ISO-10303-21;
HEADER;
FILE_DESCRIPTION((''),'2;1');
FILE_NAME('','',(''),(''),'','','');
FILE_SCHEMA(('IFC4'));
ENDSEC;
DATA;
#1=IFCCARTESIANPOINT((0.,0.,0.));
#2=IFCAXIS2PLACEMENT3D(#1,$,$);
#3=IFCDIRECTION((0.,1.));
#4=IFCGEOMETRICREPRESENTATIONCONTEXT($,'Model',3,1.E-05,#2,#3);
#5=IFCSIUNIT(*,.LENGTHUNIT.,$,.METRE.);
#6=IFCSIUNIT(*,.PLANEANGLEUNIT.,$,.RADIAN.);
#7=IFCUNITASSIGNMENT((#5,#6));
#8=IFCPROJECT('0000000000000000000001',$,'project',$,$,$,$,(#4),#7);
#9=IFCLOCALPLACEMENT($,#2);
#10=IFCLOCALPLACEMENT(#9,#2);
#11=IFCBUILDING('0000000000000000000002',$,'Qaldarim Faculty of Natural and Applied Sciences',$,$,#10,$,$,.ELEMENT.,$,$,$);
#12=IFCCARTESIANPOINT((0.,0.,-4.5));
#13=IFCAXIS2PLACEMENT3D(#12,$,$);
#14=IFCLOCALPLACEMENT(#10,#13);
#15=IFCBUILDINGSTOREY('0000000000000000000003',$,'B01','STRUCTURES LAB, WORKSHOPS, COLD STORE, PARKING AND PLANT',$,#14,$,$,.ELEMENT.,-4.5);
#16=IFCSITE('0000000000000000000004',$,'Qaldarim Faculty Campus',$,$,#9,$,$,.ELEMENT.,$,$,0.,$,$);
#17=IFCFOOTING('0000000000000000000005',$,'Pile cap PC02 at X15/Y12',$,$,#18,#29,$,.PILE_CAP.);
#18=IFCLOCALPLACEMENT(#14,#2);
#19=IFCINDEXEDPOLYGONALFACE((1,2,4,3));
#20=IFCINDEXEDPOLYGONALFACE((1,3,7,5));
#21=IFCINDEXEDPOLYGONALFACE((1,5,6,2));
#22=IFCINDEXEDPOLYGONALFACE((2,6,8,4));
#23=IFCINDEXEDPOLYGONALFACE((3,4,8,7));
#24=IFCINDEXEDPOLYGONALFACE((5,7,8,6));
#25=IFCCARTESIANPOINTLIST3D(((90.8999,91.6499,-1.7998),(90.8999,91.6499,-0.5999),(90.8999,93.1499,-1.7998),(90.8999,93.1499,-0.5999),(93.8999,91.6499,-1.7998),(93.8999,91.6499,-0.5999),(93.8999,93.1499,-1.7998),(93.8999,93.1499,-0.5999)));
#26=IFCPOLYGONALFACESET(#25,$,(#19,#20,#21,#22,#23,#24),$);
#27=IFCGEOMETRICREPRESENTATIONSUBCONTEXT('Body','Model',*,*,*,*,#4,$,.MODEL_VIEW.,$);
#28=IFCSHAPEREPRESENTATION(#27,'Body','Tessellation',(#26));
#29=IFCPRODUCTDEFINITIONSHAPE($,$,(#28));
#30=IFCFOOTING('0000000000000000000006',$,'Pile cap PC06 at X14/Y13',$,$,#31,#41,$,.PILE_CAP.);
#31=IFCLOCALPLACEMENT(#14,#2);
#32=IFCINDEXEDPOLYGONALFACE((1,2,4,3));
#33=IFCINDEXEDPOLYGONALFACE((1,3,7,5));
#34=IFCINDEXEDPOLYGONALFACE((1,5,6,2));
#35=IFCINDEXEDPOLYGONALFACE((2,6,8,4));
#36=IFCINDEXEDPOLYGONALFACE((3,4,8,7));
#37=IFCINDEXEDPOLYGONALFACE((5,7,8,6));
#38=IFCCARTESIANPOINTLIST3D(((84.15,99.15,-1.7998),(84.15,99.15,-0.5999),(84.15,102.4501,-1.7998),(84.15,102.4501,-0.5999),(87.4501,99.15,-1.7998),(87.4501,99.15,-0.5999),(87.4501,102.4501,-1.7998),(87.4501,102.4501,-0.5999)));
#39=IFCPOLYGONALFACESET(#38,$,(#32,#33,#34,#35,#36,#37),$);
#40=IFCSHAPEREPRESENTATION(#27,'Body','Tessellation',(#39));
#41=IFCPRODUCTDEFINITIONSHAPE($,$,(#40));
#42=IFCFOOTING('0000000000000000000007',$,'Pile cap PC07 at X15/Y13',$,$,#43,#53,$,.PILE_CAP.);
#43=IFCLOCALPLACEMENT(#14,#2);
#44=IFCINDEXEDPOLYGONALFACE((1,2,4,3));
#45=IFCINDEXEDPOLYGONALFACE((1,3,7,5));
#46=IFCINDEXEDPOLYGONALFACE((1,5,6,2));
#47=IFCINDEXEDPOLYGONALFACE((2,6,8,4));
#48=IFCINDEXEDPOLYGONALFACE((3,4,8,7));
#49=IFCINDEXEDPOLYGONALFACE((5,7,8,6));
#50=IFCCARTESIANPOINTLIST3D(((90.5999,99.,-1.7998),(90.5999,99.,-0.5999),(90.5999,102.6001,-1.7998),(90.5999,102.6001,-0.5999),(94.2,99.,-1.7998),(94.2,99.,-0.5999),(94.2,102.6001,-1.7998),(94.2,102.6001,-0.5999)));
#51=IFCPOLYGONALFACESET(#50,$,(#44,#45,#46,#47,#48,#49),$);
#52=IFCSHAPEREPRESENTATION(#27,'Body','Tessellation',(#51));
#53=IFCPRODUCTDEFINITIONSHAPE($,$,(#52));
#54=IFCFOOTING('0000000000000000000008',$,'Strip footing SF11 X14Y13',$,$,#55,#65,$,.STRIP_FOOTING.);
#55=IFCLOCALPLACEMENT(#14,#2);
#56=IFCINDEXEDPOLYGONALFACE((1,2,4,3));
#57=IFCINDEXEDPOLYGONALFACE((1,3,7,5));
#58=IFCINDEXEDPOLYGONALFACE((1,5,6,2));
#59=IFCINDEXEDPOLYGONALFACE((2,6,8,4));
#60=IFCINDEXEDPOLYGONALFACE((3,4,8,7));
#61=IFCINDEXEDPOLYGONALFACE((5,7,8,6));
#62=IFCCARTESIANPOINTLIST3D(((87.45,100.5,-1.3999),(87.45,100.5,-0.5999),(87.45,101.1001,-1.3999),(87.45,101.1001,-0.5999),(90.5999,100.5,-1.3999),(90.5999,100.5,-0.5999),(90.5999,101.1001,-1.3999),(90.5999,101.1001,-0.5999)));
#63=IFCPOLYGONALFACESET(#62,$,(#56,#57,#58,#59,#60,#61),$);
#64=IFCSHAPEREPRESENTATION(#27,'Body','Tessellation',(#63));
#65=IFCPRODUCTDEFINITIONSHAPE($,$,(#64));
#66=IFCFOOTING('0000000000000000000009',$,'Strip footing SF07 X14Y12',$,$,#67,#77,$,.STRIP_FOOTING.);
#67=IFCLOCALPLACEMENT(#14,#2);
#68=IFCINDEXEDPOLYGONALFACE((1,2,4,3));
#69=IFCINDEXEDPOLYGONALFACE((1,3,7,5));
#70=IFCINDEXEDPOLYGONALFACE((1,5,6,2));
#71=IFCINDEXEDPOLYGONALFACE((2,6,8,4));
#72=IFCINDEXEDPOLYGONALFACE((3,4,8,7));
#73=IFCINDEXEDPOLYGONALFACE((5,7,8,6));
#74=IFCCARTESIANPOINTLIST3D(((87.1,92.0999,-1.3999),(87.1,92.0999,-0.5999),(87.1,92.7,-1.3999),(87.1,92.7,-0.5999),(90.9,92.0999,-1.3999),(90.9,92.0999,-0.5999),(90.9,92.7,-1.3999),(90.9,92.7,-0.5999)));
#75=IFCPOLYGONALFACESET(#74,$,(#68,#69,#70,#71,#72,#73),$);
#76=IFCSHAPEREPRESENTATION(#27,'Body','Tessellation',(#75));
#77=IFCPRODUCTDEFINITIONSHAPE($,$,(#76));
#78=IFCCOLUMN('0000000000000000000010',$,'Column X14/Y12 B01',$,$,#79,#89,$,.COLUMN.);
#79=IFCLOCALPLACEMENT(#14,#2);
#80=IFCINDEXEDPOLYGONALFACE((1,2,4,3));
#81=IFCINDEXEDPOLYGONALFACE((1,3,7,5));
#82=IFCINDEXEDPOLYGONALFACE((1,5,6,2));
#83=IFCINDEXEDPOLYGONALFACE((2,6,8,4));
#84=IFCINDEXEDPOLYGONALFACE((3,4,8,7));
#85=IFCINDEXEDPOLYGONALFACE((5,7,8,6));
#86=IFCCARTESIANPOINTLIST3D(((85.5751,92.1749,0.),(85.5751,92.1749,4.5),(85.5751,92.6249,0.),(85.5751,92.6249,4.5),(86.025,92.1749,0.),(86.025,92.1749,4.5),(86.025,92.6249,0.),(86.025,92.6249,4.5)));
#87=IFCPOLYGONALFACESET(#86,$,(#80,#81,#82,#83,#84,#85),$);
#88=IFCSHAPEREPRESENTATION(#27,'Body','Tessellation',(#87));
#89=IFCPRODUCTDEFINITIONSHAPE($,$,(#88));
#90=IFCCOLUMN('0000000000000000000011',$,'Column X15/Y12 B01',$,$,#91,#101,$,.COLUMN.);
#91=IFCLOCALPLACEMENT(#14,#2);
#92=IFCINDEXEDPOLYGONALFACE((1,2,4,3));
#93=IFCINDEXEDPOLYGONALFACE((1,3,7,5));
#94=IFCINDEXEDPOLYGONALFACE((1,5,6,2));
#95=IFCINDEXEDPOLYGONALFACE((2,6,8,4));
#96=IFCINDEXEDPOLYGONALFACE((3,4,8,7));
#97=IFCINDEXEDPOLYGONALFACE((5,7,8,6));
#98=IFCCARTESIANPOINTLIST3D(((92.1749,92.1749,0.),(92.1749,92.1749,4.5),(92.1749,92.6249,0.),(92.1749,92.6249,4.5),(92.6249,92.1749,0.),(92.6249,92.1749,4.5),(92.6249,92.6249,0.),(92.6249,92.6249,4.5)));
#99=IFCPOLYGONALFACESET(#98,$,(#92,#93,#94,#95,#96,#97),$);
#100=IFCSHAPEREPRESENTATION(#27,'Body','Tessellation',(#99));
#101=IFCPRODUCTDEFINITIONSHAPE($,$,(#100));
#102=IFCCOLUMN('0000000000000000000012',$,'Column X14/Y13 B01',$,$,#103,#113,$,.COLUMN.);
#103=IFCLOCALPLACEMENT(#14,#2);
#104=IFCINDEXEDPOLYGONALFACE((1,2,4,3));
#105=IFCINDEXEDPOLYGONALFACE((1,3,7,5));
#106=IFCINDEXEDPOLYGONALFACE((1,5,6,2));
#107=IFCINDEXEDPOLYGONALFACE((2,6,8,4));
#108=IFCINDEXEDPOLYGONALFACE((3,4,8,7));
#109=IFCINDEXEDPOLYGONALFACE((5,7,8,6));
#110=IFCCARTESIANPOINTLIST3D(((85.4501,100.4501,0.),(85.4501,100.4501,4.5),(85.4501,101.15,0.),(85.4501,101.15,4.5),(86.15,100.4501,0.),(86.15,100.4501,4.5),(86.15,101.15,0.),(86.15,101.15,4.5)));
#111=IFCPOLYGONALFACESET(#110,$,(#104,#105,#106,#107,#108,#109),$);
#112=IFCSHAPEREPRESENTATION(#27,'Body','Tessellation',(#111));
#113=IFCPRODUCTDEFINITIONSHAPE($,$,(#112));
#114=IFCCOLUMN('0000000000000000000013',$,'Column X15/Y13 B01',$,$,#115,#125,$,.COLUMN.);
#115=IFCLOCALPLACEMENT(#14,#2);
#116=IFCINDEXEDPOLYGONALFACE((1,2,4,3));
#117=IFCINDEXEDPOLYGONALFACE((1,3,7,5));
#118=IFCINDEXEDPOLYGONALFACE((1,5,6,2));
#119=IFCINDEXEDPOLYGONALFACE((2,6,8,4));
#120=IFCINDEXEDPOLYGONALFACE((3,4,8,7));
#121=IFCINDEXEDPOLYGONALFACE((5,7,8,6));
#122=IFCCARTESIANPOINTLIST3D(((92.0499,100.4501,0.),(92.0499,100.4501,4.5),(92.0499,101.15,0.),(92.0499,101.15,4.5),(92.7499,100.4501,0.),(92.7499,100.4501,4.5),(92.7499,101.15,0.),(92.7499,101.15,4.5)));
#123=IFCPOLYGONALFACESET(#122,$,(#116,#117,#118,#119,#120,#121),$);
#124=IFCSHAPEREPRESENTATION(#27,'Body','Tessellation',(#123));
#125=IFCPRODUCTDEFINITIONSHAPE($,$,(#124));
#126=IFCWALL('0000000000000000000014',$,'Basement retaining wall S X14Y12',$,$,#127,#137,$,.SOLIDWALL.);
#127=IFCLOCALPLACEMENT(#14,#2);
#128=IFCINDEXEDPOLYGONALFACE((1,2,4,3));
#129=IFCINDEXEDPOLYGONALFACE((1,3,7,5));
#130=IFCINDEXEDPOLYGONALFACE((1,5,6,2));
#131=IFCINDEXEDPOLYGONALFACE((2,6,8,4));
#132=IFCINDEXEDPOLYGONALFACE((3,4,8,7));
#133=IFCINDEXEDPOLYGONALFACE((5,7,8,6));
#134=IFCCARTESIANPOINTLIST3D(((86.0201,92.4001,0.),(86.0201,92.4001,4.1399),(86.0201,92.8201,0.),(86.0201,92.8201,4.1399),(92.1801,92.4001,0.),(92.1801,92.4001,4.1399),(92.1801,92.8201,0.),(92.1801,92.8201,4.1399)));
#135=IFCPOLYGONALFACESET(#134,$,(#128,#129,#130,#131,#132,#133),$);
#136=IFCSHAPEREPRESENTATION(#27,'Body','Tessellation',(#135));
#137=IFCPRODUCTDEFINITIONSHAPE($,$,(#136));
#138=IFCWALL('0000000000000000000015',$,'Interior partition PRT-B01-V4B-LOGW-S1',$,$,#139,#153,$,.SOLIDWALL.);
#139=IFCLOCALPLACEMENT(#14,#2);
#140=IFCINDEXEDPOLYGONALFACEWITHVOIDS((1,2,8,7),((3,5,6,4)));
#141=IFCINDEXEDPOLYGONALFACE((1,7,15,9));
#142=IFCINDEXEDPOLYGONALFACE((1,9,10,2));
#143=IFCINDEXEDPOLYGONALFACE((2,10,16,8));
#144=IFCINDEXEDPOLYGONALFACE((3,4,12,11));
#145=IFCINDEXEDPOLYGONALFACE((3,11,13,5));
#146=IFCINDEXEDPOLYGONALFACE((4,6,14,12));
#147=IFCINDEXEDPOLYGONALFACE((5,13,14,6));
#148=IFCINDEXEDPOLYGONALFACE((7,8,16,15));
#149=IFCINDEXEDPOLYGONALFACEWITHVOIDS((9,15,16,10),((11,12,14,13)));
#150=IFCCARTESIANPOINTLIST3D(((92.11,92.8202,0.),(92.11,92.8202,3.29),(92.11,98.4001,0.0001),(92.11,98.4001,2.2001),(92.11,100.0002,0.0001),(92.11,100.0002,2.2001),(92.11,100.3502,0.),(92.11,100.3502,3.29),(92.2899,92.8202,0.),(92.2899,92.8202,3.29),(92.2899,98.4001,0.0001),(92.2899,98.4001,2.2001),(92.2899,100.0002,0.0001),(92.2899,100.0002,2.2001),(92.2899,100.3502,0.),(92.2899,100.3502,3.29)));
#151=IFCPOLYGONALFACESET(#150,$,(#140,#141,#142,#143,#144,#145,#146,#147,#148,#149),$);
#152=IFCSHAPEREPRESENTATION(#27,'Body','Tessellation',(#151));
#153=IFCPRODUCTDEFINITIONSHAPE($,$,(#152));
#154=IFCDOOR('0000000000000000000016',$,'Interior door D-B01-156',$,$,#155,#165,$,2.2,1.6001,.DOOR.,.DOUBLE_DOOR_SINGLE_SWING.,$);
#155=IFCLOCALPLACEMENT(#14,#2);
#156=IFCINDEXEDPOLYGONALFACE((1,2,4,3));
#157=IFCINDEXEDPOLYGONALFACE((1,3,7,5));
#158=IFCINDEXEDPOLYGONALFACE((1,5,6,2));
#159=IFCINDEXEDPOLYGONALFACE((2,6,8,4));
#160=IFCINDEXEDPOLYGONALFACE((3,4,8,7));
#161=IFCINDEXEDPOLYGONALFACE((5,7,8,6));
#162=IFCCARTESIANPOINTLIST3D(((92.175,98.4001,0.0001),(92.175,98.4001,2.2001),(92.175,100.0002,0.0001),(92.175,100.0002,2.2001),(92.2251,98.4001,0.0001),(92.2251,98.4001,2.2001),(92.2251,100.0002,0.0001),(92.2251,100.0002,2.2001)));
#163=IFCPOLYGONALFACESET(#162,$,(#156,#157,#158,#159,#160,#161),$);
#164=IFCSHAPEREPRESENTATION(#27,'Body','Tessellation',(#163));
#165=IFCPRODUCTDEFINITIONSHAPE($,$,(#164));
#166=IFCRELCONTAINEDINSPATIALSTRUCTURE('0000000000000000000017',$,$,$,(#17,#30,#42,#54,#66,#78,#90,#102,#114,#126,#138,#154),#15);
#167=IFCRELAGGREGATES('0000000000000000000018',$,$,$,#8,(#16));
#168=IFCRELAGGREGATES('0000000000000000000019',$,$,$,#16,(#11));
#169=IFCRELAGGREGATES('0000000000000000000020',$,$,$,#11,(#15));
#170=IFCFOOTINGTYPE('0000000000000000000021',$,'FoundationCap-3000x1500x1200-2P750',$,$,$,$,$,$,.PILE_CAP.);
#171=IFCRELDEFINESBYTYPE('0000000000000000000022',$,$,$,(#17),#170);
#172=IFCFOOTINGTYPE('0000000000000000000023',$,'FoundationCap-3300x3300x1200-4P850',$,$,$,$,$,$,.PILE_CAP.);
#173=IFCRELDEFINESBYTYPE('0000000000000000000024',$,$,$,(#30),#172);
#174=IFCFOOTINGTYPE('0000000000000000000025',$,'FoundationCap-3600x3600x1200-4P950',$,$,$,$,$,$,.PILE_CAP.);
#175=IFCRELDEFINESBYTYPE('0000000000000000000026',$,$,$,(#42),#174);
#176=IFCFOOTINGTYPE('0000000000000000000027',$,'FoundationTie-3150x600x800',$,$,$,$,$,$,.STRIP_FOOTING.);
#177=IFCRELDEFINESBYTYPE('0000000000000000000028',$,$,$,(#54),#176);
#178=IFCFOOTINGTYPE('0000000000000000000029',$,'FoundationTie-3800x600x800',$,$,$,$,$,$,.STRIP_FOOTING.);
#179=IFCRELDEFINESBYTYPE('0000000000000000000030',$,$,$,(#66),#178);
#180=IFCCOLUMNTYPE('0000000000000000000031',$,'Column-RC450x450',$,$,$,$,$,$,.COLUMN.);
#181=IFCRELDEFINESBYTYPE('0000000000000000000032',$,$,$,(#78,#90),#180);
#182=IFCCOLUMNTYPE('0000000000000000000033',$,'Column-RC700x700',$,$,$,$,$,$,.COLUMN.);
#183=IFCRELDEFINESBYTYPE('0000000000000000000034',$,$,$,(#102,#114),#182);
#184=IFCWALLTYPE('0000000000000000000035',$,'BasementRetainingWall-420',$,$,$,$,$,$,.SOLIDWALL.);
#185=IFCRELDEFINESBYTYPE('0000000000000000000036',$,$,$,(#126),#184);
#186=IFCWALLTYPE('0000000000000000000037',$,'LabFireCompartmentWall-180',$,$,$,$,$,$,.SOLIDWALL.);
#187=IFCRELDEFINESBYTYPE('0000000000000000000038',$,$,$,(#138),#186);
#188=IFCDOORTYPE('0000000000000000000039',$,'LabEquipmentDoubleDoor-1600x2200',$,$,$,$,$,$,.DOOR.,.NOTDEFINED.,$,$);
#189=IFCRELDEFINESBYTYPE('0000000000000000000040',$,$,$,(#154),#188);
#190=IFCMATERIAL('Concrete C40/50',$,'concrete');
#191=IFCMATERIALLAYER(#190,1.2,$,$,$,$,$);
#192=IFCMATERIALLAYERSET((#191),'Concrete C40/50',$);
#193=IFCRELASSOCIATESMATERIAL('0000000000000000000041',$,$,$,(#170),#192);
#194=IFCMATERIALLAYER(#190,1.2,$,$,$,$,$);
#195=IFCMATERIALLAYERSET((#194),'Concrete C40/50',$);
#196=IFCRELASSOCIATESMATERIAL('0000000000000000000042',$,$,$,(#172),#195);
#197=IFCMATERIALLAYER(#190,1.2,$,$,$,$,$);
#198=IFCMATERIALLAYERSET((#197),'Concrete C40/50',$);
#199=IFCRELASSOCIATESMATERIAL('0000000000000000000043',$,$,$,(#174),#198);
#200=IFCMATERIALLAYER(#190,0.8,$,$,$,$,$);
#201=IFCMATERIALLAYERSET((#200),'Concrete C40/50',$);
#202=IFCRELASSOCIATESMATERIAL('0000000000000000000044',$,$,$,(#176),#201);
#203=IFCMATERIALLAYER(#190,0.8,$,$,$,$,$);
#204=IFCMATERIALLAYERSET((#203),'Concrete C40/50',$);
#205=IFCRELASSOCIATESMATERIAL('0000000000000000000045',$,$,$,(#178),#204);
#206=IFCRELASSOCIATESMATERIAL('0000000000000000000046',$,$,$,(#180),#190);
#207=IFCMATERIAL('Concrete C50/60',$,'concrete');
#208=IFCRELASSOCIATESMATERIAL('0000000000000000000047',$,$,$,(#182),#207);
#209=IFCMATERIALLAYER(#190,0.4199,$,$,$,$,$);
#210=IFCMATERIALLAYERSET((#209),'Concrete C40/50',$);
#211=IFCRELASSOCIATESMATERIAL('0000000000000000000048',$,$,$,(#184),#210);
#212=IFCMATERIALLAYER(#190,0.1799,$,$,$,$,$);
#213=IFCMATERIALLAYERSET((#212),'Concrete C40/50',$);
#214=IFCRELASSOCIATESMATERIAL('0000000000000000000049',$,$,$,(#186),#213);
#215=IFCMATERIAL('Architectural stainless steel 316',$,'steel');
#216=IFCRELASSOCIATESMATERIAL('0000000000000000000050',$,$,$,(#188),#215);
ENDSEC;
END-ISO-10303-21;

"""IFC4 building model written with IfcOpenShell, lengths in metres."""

from ifc_helpers import new_model, si_unit, direction, frame, frame_2d, origin, origin_2d, place, context, subcontext, project, spatial, rectangle, extrude, material, layer, layer_set, material_profile, profile_set, type_object, element, fill, save


model = new_model("IFC4")

# Units and contexts
model_context = context("Model", 3, precision=1e-05, world=origin(), true_north=direction((0.0, 1.0)))
body_context = subcontext(model_context, "Body", "Model", "MODEL_VIEW")
ifc_project = project(units=[si_unit("LENGTHUNIT", "METRE"), si_unit("PLANEANGLEUNIT", "RADIAN")], contexts=[model_context])

# Site, building, storey
site_placement = place(None, origin())
site = spatial("IfcSite", under=ifc_project, at=site_placement, Name="Qaldarim Faculty Campus", CompositionType="ELEMENT", RefElevation=0.0)
building_placement = place(site_placement, origin())
building = spatial("IfcBuilding", under=site, at=building_placement, Name="Qaldarim Faculty of Natural and Applied Sciences", CompositionType="ELEMENT")
storey_placement = place(building_placement, frame((0.0, 0.0, -4.5)))
storey = spatial("IfcBuildingStorey", under=building, at=storey_placement, Name="B01", Description="STRUCTURES LAB, WORKSHOPS, COLD STORE, PARKING AND PLANT", CompositionType="ELEMENT", Elevation=-4.5)

# Shared definitions
ifc_material_1 = material(Name="Concrete C40/50", Category="concrete")

# Footings
ifc_layer_1 = layer(ifc_material_1, 1.2)
ifc_layer_set_1 = layer_set([ifc_layer_1], Name="Concrete C40/50")
footing_type_1 = type_object("IfcFootingType", Name="FoundationCap-3000x1500x1200-2P750", PredefinedType="PILE_CAP", material=ifc_layer_set_1)
footing_1_placement = place(storey_placement, frame((92.3999, 92.3999, -1.7998), z_axis=(0.0, 0.0, 1.0), x_axis=(1.0, 0.0, 0.0)))
element("IfcFooting", 1, at=footing_1_placement, inside=storey, type_object=footing_type_1, Name="Pile cap PC02 at X15/Y12", PredefinedType="PILE_CAP", context=body_context, shape_type="SweptSolid", body=[
    extrude(rectangle(XDim=3.0, YDim=1.5, at=origin_2d()), origin(), (0.0, 0.0, 1.0), 1.2),
])
ifc_layer_2 = layer(ifc_material_1, 1.2)
ifc_layer_set_2 = layer_set([ifc_layer_2], Name="Concrete C40/50")
footing_type_2 = type_object("IfcFootingType", Name="FoundationCap-3300x3300x1200-4P850", PredefinedType="PILE_CAP", material=ifc_layer_set_2)
footing_2_placement = place(storey_placement, frame((85.8, 100.8, -1.7998), z_axis=(0.0, 0.0, 1.0), x_axis=(1.0, 0.0, 0.0)))
element("IfcFooting", 2, at=footing_2_placement, inside=storey, type_object=footing_type_2, Name="Pile cap PC06 at X14/Y13", PredefinedType="PILE_CAP", context=body_context, shape_type="SweptSolid", body=[
    extrude(rectangle(XDim=3.3, YDim=3.3, at=origin_2d()), origin(), (0.0, 0.0, 1.0), 1.2),
])
ifc_layer_3 = layer(ifc_material_1, 1.2)
ifc_layer_set_3 = layer_set([ifc_layer_3], Name="Concrete C40/50")
footing_type_3 = type_object("IfcFootingType", Name="FoundationCap-3600x3600x1200-4P950", PredefinedType="PILE_CAP", material=ifc_layer_set_3)
footing_3_placement = place(storey_placement, frame((92.3999, 100.8, -1.7998), z_axis=(0.0, 0.0, 1.0), x_axis=(1.0, 0.0, 0.0)))
element("IfcFooting", 3, at=footing_3_placement, inside=storey, type_object=footing_type_3, Name="Pile cap PC07 at X15/Y13", PredefinedType="PILE_CAP", context=body_context, shape_type="SweptSolid", body=[
    extrude(rectangle(XDim=3.6001, YDim=3.6001, at=origin_2d()), origin(), (0.0, 0.0, 1.0), 1.2),
])
ifc_layer_4 = layer(ifc_material_1, 0.8)
ifc_layer_set_4 = layer_set([ifc_layer_4], Name="Concrete C40/50")
footing_type_4 = type_object("IfcFootingType", Name="FoundationTie-3150x600x800", PredefinedType="STRIP_FOOTING", material=ifc_layer_set_4)
footing_4_placement = place(storey_placement, frame((89.0249, 100.8, -1.3999), z_axis=(0.0, 0.0, 1.0), x_axis=(1.0, 0.0, 0.0)))
element("IfcFooting", 4, at=footing_4_placement, inside=storey, type_object=footing_type_4, Name="Strip footing SF11 X14Y13", PredefinedType="STRIP_FOOTING", context=body_context, shape_type="SweptSolid", body=[
    extrude(rectangle(XDim=3.1499, YDim=0.6001, at=origin_2d()), origin(), (0.0, 0.0, 1.0), 0.8),
])
ifc_layer_5 = layer(ifc_material_1, 0.8)
ifc_layer_set_5 = layer_set([ifc_layer_5], Name="Concrete C40/50")
footing_type_5 = type_object("IfcFootingType", Name="FoundationTie-3800x600x800", PredefinedType="STRIP_FOOTING", material=ifc_layer_set_5)
footing_5_placement = place(storey_placement, frame((89.0, 92.3999, -1.3999), z_axis=(0.0, 0.0, 1.0), x_axis=(1.0, 0.0, 0.0)))
element("IfcFooting", 5, at=footing_5_placement, inside=storey, type_object=footing_type_5, Name="Strip footing SF07 X14Y12", PredefinedType="STRIP_FOOTING", context=body_context, shape_type="SweptSolid", body=[
    extrude(rectangle(XDim=3.8, YDim=0.6001, at=origin_2d()), origin(), (0.0, 0.0, 1.0), 0.8),
])

# Columns
ifc_material_profile_1 = material_profile(ifc_material_1, rectangle(XDim=0.45, YDim=0.45, at=origin_2d()), Name="RC-C450x450")
ifc_profile_set_1 = profile_set([ifc_material_profile_1], Name="Concrete C40/50")
column_type_1 = type_object("IfcColumnType", Name="Column-RC450x450", PredefinedType="COLUMN", material=ifc_profile_set_1)
for number, where, z_axis, x_axis, name in (
    (6, (85.8, 92.3999, 0.0), (0.0, 0.0, 1.0), (1.0, 0.0, 0.0), "Column X14/Y12 B01"),
    (7, (92.3999, 92.3999, 0.0), (0.0, 0.0, 1.0), (1.0, 0.0, 0.0), "Column X15/Y12 B01"),
):
    element("IfcColumn", number, at=place(storey_placement, frame(where, z_axis=z_axis, x_axis=x_axis)), inside=storey, type_object=column_type_1, Name=name, PredefinedType="COLUMN", context=body_context, shape_type="SweptSolid", body=[
        extrude(rectangle(XDim=0.45, YDim=0.45, at=origin_2d()), origin(), (0.0, 0.0, 1.0), 4.5),
    ])
ifc_material_2 = material(Name="Concrete C50/60", Category="concrete")
ifc_material_profile_2 = material_profile(ifc_material_2, rectangle(XDim=0.7, YDim=0.7, at=origin_2d()), Name="RC-C700x700")
ifc_profile_set_2 = profile_set([ifc_material_profile_2], Name="Concrete C50/60")
column_type_2 = type_object("IfcColumnType", Name="Column-RC700x700", PredefinedType="COLUMN", material=ifc_profile_set_2)
for number, where, z_axis, x_axis, name in (
    (8, (85.8, 100.8, 0.0), (0.0, 0.0, 1.0), (1.0, 0.0, 0.0), "Column X14/Y13 B01"),
    (9, (92.3999, 100.8, 0.0), (0.0, 0.0, 1.0), (1.0, 0.0, 0.0), "Column X15/Y13 B01"),
):
    element("IfcColumn", number, at=place(storey_placement, frame(where, z_axis=z_axis, x_axis=x_axis)), inside=storey, type_object=column_type_2, Name=name, PredefinedType="COLUMN", context=body_context, shape_type="SweptSolid", body=[
        extrude(rectangle(XDim=0.7, YDim=0.7, at=origin_2d()), origin(), (0.0, 0.0, 1.0), 4.5),
    ])

# Wall
ifc_layer_6 = layer(ifc_material_1, 0.4199)
ifc_layer_set_6 = layer_set([ifc_layer_6], Name="Concrete C40/50")
wall_type_1 = type_object("IfcWallType", Name="BasementRetainingWall-420", PredefinedType="SOLIDWALL", material=ifc_layer_set_6)
wall_1_placement = place(storey_placement, frame((86.02, 92.6101, 0.0), z_axis=(0.0, 0.0, 1.0), x_axis=(1.0, 0.0, 0.0)))
element("IfcWall", 10, at=wall_1_placement, inside=storey, type_object=wall_type_1, Name="Basement retaining wall S X14Y12", PredefinedType="SOLIDWALL", context=body_context, shape_type="SweptSolid", body=[
    extrude(rectangle(XDim=6.1599, YDim=0.4199, at=frame_2d((3.0801, 0.0))), origin(), (0.0, 0.0, 1.0), 4.1399),
])

# Wall, opening, door
ifc_layer_7 = layer(ifc_material_1, 0.1799)
ifc_layer_set_7 = layer_set([ifc_layer_7], Name="Concrete C40/50")
wall_type_2 = type_object("IfcWallType", Name="LabFireCompartmentWall-180", PredefinedType="SOLIDWALL", material=ifc_layer_set_7)
wall_2_placement = place(storey_placement, frame((92.2, 92.8201, 0.0), z_axis=(0.0, 0.0, 1.0), x_axis=(0.0, 1.0, 0.0)))
wall_2 = element("IfcWall", 11, at=wall_2_placement, inside=storey, type_object=wall_type_2, Name="Interior partition PRT-B01-V4B-LOGW-S1", PredefinedType="SOLIDWALL", context=body_context, shape_type="SweptSolid", body=[
    extrude(rectangle(XDim=7.53, YDim=0.1799, at=frame_2d((3.7651, 0.0))), origin(), (0.0, 0.0, 1.0), 3.29),
])
opening_1_placement = place(wall_2_placement, frame((5.5801, 0.0, 0.0)))
opening_1 = element("IfcOpeningElement", 12, at=opening_1_placement, cuts=wall_2, PredefinedType="OPENING", context=body_context, shape_type="SweptSolid", body=[
    extrude(rectangle(XDim=1.6001, YDim=2.2, at=frame_2d((0.8, 1.1001))), frame((0.0, 0.0999, 0.0), z_axis=(0.0, -1.0, 0.0), x_axis=(1.0, 0.0, 0.0)), (0.0, 0.0, 1.0), 0.2),
])
ifc_material_3 = material(Name="Architectural stainless steel 316", Category="steel")
door_type = type_object("IfcDoorType", Name="LabEquipmentDoubleDoor-1600x2200", OperationType="NOTDEFINED", PredefinedType="DOOR", material=ifc_material_3)
door_1_placement = place(opening_1_placement, origin())
door_1 = element("IfcDoor", 13, at=door_1_placement, inside=storey, type_object=door_type, Name="Interior door D-B01-156", OperationType="DOUBLE_DOOR_SINGLE_SWING", OverallHeight=2.2, OverallWidth=1.6001, PredefinedType="DOOR", context=body_context, shape_type="SweptSolid", body=[
    extrude(rectangle(XDim=1.6001, YDim=2.2, at=frame_2d((0.8, 1.1001))), frame((0.0, 0.0249, 0.0), z_axis=(0.0, -1.0, 0.0), x_axis=(1.0, 0.0, 0.0)), (0.0, 0.0, 1.0), 0.05),
])
fill(opening_1, door_1)

save(model, "model.ifc")
